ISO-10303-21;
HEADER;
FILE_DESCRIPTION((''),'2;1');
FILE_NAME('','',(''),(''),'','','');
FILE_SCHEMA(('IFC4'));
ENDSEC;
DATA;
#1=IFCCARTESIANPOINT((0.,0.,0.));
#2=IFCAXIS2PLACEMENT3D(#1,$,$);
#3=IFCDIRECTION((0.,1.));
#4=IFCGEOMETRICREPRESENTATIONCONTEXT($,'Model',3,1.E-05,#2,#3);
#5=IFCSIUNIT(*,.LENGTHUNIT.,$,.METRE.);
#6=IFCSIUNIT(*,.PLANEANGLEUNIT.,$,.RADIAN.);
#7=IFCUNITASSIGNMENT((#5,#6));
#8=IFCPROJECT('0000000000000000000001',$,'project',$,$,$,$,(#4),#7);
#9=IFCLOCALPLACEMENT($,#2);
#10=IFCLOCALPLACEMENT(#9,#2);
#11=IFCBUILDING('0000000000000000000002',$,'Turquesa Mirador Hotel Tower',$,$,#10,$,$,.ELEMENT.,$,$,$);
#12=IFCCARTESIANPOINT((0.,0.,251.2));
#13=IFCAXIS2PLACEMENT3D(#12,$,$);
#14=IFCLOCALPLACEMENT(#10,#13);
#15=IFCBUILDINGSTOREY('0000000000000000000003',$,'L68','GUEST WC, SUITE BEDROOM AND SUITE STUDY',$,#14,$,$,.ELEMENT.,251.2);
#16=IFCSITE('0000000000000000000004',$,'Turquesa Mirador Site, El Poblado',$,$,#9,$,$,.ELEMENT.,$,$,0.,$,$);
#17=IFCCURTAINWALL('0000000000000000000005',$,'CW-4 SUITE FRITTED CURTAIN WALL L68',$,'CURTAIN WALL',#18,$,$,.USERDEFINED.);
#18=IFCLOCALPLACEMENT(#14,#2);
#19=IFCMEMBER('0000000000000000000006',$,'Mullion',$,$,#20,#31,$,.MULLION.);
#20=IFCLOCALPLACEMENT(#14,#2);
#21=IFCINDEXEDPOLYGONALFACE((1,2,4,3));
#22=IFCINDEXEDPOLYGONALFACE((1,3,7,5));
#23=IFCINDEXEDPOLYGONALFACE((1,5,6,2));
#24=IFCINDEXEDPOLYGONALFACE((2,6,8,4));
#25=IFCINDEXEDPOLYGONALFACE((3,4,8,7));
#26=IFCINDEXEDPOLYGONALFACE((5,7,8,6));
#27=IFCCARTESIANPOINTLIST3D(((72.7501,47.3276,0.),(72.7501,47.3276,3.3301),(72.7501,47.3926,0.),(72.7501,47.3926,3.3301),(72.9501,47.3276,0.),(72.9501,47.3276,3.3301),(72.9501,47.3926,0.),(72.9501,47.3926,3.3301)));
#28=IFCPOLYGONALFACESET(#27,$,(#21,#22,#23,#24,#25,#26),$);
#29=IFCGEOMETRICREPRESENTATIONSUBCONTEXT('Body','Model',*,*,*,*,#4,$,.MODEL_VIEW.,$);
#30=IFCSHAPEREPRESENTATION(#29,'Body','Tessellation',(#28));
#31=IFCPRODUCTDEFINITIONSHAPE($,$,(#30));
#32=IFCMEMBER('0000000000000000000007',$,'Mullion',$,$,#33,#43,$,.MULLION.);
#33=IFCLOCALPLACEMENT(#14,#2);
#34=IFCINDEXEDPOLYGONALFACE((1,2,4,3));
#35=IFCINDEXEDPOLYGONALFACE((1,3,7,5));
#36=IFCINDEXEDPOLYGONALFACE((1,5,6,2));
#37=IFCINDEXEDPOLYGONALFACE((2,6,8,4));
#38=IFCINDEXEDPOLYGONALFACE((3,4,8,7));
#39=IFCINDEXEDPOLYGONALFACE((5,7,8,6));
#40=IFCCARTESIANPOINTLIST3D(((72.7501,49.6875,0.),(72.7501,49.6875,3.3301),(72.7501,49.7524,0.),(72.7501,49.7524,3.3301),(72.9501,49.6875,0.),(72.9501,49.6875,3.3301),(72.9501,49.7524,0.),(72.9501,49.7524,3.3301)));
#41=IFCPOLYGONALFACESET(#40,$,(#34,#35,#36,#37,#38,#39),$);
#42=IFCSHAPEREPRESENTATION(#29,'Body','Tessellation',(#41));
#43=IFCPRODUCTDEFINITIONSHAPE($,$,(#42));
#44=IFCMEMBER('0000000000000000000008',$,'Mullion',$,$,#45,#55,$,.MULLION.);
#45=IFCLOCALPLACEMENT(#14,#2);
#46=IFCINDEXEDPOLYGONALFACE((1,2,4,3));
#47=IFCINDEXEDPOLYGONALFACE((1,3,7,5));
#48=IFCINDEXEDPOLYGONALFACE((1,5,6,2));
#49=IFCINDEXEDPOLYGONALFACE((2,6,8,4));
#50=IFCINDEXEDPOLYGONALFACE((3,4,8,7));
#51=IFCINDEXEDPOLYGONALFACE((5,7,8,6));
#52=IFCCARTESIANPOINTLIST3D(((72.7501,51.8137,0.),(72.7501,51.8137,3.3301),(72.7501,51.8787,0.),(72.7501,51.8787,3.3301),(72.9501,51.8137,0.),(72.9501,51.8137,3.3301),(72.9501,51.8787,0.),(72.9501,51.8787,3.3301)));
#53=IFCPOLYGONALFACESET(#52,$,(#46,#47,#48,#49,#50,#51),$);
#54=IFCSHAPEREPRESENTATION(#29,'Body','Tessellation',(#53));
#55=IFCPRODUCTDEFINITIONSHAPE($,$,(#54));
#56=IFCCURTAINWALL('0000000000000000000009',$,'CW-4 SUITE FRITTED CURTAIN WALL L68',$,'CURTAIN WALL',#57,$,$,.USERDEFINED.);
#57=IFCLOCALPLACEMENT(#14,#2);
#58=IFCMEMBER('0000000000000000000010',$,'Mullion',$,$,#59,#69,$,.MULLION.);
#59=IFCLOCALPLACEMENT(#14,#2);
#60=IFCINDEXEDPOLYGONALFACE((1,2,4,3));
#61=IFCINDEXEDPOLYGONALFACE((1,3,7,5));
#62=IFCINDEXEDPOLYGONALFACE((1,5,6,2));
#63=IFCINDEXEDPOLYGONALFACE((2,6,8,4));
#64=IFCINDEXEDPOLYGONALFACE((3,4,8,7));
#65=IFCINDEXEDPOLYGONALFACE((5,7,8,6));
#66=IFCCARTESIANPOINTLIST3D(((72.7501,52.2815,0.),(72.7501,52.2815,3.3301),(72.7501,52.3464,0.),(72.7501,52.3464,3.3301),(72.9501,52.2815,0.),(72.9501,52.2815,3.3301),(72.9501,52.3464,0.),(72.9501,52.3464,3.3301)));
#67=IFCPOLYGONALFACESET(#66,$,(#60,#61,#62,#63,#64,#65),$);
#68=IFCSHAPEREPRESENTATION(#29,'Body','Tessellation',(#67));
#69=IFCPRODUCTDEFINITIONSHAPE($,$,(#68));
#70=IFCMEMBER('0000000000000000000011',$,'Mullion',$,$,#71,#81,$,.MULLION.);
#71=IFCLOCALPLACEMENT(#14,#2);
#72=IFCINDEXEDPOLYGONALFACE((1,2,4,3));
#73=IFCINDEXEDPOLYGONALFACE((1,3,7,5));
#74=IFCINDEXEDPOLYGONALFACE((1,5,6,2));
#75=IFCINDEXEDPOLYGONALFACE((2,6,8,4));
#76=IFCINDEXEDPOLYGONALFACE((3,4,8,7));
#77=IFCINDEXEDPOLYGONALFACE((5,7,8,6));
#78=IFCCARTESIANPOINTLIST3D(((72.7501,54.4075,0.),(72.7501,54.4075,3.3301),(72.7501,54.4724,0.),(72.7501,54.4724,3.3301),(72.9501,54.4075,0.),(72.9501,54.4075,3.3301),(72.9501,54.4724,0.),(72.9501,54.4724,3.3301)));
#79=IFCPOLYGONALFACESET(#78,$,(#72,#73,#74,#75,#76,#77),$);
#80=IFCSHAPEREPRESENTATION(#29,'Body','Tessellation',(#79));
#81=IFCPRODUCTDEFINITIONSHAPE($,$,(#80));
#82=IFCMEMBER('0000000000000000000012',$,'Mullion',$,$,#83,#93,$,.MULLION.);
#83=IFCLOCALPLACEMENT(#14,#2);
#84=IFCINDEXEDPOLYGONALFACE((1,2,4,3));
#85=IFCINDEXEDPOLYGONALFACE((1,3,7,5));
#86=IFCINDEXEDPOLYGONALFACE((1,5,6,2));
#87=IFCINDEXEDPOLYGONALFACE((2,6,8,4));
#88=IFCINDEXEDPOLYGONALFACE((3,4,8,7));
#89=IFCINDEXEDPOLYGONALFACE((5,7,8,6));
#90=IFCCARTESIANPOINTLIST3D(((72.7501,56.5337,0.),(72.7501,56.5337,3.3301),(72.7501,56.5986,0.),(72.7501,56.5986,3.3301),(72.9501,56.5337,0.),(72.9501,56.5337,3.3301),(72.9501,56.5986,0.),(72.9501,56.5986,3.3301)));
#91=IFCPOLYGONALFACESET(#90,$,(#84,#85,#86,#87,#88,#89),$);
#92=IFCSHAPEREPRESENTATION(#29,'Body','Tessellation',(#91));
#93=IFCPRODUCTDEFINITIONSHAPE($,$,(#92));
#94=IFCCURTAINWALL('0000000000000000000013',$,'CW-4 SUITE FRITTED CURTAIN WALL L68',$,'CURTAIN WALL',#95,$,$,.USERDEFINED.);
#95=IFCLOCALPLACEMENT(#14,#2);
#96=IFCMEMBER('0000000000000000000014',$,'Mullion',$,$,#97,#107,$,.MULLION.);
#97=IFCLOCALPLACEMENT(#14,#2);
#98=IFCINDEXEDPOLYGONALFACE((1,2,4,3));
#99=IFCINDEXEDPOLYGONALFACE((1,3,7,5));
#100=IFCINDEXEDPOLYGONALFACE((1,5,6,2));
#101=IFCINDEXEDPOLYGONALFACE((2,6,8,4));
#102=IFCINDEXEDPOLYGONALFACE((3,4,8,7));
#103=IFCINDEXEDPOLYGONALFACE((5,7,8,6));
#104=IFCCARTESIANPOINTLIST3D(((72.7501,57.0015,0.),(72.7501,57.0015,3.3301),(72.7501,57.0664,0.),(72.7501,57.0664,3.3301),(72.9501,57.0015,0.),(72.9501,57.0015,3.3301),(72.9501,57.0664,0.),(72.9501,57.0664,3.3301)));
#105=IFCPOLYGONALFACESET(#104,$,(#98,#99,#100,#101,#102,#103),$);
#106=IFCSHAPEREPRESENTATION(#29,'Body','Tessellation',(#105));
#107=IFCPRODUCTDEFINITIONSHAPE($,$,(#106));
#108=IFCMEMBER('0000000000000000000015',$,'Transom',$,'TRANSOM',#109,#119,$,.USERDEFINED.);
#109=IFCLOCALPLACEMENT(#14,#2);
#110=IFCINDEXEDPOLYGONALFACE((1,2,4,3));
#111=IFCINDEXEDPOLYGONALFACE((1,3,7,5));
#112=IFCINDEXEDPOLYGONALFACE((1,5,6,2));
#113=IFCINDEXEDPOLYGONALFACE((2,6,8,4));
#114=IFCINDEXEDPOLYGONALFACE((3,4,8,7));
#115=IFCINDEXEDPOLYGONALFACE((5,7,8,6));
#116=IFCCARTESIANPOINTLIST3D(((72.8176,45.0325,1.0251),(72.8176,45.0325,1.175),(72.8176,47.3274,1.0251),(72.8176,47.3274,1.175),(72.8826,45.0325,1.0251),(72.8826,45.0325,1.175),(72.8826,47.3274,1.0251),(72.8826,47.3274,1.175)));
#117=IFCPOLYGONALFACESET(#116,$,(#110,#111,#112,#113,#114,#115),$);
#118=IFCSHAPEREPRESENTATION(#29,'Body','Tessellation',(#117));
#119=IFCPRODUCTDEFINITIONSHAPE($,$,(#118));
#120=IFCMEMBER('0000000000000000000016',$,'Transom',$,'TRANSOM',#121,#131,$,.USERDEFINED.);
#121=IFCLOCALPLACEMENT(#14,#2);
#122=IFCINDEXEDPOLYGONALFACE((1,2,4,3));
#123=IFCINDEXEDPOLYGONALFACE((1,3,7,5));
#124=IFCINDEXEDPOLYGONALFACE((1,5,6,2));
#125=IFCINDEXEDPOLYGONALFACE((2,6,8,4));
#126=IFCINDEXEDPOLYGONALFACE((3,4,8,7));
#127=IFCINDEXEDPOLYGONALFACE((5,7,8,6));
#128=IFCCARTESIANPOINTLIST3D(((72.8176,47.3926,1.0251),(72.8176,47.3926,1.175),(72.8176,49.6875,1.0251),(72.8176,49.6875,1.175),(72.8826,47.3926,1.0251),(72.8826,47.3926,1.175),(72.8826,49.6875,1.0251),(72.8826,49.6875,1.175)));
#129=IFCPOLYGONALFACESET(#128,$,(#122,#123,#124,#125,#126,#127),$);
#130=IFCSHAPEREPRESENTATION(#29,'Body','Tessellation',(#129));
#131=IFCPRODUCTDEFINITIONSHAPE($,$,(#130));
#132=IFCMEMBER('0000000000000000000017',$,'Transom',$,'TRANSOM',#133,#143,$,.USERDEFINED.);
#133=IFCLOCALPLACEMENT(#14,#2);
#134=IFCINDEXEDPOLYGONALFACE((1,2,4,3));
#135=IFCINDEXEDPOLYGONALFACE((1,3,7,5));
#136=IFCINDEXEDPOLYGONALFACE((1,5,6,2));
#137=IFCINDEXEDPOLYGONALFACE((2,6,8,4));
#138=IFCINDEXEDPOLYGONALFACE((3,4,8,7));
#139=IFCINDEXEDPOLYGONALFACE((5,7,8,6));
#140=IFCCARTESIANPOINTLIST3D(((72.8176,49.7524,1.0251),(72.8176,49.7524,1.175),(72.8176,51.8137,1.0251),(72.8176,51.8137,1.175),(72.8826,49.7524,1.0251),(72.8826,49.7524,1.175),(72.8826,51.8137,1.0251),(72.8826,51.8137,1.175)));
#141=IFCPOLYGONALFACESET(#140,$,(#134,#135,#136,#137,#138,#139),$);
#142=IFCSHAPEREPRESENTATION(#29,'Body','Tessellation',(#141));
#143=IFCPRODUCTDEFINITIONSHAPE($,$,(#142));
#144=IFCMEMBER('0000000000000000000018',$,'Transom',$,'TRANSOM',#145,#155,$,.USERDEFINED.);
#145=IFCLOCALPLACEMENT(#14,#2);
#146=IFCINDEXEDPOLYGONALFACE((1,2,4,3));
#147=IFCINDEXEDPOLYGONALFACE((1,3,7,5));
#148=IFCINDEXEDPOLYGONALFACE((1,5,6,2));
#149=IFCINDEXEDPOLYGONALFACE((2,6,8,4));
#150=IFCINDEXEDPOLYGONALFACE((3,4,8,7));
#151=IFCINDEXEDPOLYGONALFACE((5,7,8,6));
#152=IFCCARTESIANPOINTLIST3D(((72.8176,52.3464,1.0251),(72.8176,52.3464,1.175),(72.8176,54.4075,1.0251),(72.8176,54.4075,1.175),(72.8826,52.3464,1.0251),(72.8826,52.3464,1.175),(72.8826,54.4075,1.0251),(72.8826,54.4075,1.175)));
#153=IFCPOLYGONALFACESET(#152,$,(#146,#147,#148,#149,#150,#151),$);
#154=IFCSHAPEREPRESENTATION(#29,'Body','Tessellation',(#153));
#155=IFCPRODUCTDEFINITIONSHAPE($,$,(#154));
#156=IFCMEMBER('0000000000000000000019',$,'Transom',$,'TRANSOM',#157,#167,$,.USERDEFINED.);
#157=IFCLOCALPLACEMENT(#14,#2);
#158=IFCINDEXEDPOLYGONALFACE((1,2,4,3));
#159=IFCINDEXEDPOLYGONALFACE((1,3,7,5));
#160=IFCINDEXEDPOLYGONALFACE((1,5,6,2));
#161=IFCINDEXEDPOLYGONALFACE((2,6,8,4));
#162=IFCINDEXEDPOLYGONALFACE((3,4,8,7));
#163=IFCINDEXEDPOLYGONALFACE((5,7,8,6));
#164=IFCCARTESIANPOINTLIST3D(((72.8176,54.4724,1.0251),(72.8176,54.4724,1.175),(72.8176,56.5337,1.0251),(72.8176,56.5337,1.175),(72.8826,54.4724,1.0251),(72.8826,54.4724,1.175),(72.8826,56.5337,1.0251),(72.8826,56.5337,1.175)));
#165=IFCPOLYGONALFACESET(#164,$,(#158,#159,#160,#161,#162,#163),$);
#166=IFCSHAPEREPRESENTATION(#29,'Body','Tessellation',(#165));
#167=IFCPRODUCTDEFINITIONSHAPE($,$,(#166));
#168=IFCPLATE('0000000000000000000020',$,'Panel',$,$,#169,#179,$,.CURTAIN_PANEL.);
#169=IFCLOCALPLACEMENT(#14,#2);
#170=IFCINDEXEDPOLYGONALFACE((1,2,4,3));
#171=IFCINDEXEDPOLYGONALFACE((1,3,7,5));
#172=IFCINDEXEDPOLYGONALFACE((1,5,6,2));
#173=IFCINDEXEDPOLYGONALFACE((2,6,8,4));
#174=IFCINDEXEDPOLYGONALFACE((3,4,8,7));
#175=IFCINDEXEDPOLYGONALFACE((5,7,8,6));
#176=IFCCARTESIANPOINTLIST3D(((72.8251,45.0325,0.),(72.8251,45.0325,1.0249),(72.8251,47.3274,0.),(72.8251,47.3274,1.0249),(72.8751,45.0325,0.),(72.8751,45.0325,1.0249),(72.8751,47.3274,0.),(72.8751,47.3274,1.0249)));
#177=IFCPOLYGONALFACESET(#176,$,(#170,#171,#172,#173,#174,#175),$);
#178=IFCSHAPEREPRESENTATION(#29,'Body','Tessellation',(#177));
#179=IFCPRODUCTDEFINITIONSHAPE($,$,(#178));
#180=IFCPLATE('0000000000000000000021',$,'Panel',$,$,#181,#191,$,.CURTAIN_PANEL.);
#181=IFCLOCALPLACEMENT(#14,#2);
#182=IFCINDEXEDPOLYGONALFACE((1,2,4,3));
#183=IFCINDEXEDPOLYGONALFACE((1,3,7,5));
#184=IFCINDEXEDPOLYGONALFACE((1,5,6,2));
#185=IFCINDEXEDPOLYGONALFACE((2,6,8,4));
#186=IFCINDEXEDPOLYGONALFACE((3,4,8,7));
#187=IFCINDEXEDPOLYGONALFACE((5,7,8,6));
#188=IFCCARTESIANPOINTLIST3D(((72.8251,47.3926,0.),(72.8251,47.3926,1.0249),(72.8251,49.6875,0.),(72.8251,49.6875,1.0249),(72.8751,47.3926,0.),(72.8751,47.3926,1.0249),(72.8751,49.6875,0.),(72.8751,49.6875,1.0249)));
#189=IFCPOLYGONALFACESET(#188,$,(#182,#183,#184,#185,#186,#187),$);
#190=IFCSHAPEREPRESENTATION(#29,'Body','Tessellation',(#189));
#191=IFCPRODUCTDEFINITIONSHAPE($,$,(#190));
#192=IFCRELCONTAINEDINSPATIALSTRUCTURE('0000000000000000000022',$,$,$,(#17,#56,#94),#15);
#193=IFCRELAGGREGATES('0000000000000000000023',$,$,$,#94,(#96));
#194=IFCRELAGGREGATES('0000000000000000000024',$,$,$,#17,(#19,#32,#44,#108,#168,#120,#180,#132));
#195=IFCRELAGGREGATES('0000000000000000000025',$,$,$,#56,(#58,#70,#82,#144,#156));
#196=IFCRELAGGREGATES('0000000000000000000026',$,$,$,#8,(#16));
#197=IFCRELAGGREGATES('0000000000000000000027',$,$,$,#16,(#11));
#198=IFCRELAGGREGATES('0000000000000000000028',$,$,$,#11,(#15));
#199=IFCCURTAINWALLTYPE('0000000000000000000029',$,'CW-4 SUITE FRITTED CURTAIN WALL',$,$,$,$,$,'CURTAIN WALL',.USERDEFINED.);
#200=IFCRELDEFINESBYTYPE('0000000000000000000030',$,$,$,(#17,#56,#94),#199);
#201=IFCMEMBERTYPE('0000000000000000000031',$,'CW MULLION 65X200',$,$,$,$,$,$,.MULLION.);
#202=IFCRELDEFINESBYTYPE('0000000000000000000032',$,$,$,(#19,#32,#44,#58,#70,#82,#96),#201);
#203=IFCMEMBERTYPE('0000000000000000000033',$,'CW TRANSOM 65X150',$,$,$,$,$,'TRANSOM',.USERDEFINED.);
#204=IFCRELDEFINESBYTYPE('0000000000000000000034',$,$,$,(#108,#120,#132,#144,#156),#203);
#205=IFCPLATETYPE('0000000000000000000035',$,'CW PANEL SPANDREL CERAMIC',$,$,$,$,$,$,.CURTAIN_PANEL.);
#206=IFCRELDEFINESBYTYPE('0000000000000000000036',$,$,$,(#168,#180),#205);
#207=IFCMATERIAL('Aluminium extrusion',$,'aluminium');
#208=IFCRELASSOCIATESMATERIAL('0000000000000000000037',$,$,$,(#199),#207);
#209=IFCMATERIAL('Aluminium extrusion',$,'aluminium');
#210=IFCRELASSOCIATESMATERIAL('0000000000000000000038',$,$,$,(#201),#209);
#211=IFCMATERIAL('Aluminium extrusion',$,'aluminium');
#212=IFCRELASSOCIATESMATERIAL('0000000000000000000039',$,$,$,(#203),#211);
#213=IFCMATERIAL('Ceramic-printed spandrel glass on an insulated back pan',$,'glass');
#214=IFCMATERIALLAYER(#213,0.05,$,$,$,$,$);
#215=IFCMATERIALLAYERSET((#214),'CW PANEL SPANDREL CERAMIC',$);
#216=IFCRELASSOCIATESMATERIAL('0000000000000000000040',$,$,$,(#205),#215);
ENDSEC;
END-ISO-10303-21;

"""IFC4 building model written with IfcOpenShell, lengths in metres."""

from ifc_helpers import new_model, si_unit, direction, frame, origin, origin_2d, place, context, subcontext, project, spatial, rectangle, extrude, material, layer, layer_set, material_profile, profile_set, type_object, element, aggregate, save


model = new_model("IFC4")

# Units and contexts
model_context = context("Model", 3, precision=1e-05, world=origin(), true_north=direction((0.0, 1.0)))
body_context = subcontext(model_context, "Body", "Model", "MODEL_VIEW")
ifc_project = project(units=[si_unit("LENGTHUNIT", "METRE"), si_unit("PLANEANGLEUNIT", "RADIAN")], contexts=[model_context])

# Site, building, storey
site_placement = place(None, origin())
site = spatial("IfcSite", under=ifc_project, at=site_placement, Name="Turquesa Mirador Site, El Poblado", CompositionType="ELEMENT", RefElevation=0.0)
building_placement = place(site_placement, origin())
building = spatial("IfcBuilding", under=site, at=building_placement, Name="Turquesa Mirador Hotel Tower", CompositionType="ELEMENT")
storey_placement = place(building_placement, frame((0.0, 0.0, 251.2)))
storey = spatial("IfcBuildingStorey", under=building, at=storey_placement, Name="L68", Description="GUEST WC, SUITE BEDROOM AND SUITE STUDY", CompositionType="ELEMENT", Elevation=251.2)

# Curtain walls, members
ifc_material_1 = material(Name="Aluminium extrusion", Category="aluminium")
curtain_wall_type = type_object("IfcCurtainWallType", Name="CW-4 SUITE FRITTED CURTAIN WALL", ElementType="CURTAIN WALL", PredefinedType="USERDEFINED", material=ifc_material_1)
curtain_wall_1_placement = place(storey_placement, origin())
curtain_wall_1 = element("IfcCurtainWall", 1, at=curtain_wall_1_placement, inside=storey, type_object=curtain_wall_type, Name="CW-4 SUITE FRITTED CURTAIN WALL L68", ObjectType="CURTAIN WALL", PredefinedType="USERDEFINED")
ifc_material_2 = material(Name="Aluminium extrusion", Category="aluminium")
ifc_material_profile_1 = material_profile(ifc_material_2, rectangle(XDim=0.0649, YDim=0.2, at=origin_2d()), Name="MULLION 65X200")
ifc_profile_set_1 = profile_set([ifc_material_profile_1], Name="Aluminium extrusion")
member_type_1 = type_object("IfcMemberType", Name="CW MULLION 65X200", PredefinedType="MULLION", material=ifc_profile_set_1)
member_1_placement = place(storey_placement, frame((72.8501, 47.3601, 0.0), z_axis=(0.0, 0.0, 1.0), x_axis=(0.0, 1.0, 0.0)))
member_1 = element("IfcMember", 2, at=member_1_placement, type_object=member_type_1, Name="Mullion", PredefinedType="MULLION", context=body_context, shape_type="SweptSolid", body=[
    extrude(rectangle(XDim=0.0649, YDim=0.2, at=origin_2d()), origin(), (0.0, 0.0, 1.0), 3.3301),
])
member_2_placement = place(storey_placement, frame((72.8501, 49.72, 0.0), z_axis=(0.0, 0.0, 1.0), x_axis=(0.0, 1.0, 0.0)))
member_2 = element("IfcMember", 3, at=member_2_placement, type_object=member_type_1, Name="Mullion", PredefinedType="MULLION", context=body_context, shape_type="SweptSolid", body=[
    extrude(rectangle(XDim=0.0649, YDim=0.2, at=origin_2d()), origin(), (0.0, 0.0, 1.0), 3.3301),
])
member_3_placement = place(storey_placement, frame((72.8501, 51.8462, 0.0), z_axis=(0.0, 0.0, 1.0), x_axis=(0.0, 1.0, 0.0)))
member_3 = element("IfcMember", 4, at=member_3_placement, type_object=member_type_1, Name="Mullion", PredefinedType="MULLION", context=body_context, shape_type="SweptSolid", body=[
    extrude(rectangle(XDim=0.0649, YDim=0.2, at=origin_2d()), origin(), (0.0, 0.0, 1.0), 3.3301),
])
curtain_wall_2_placement = place(storey_placement, origin())
curtain_wall_2 = element("IfcCurtainWall", 5, at=curtain_wall_2_placement, inside=storey, type_object=curtain_wall_type, Name="CW-4 SUITE FRITTED CURTAIN WALL L68", ObjectType="CURTAIN WALL", PredefinedType="USERDEFINED")
member_4_placement = place(storey_placement, frame((72.8501, 52.314, 0.0), z_axis=(0.0, 0.0, 1.0), x_axis=(0.0, 1.0, 0.0)))
member_4 = element("IfcMember", 6, at=member_4_placement, type_object=member_type_1, Name="Mullion", PredefinedType="MULLION", context=body_context, shape_type="SweptSolid", body=[
    extrude(rectangle(XDim=0.0649, YDim=0.2, at=origin_2d()), origin(), (0.0, 0.0, 1.0), 3.3301),
])
member_5_placement = place(storey_placement, frame((72.8501, 54.4399, 0.0), z_axis=(0.0, 0.0, 1.0), x_axis=(0.0, 1.0, 0.0)))
member_5 = element("IfcMember", 7, at=member_5_placement, type_object=member_type_1, Name="Mullion", PredefinedType="MULLION", context=body_context, shape_type="SweptSolid", body=[
    extrude(rectangle(XDim=0.0649, YDim=0.2, at=origin_2d()), origin(), (0.0, 0.0, 1.0), 3.3301),
])
member_6_placement = place(storey_placement, frame((72.8501, 56.5662, 0.0), z_axis=(0.0, 0.0, 1.0), x_axis=(0.0, 1.0, 0.0)))
member_6 = element("IfcMember", 8, at=member_6_placement, type_object=member_type_1, Name="Mullion", PredefinedType="MULLION", context=body_context, shape_type="SweptSolid", body=[
    extrude(rectangle(XDim=0.0649, YDim=0.2, at=origin_2d()), origin(), (0.0, 0.0, 1.0), 3.3301),
])

# Curtain wall, member
curtain_wall_3_placement = place(storey_placement, origin())
curtain_wall_3 = element("IfcCurtainWall", 9, at=curtain_wall_3_placement, inside=storey, type_object=curtain_wall_type, Name="CW-4 SUITE FRITTED CURTAIN WALL L68", ObjectType="CURTAIN WALL", PredefinedType="USERDEFINED")
member_7_placement = place(storey_placement, frame((72.8501, 57.0339, 0.0), z_axis=(0.0, 0.0, 1.0), x_axis=(0.0, 1.0, 0.0)))
member_7 = element("IfcMember", 10, at=member_7_placement, type_object=member_type_1, Name="Mullion", PredefinedType="MULLION", context=body_context, shape_type="SweptSolid", body=[
    extrude(rectangle(XDim=0.0649, YDim=0.2, at=origin_2d()), origin(), (0.0, 0.0, 1.0), 3.3301),
])
aggregate(curtain_wall_3, [member_7])

# Members
ifc_material_3 = material(Name="Aluminium extrusion", Category="aluminium")
ifc_material_profile_2 = material_profile(ifc_material_3, rectangle(XDim=0.0649, YDim=0.1499, at=origin_2d()), Name="TRANSOM 65X150")
ifc_profile_set_2 = profile_set([ifc_material_profile_2], Name="Aluminium extrusion")
member_type_2 = type_object("IfcMemberType", Name="CW TRANSOM 65X150", ElementType="TRANSOM", PredefinedType="USERDEFINED", material=ifc_profile_set_2)
member_8_placement = place(storey_placement, frame((72.8501, 45.0325, 1.1001), z_axis=(0.0, 1.0, 0.0), x_axis=(-1.0, 0.0, 0.0)))
member_8 = element("IfcMember", 11, at=member_8_placement, type_object=member_type_2, Name="Transom", ObjectType="TRANSOM", PredefinedType="USERDEFINED", context=body_context, shape_type="SweptSolid", body=[
    extrude(rectangle(XDim=0.0649, YDim=0.1499, at=origin_2d()), origin(), (0.0, 0.0, 1.0), 2.2949),
])
member_9_placement = place(storey_placement, frame((72.8501, 47.3926, 1.1001), z_axis=(0.0, 1.0, 0.0), x_axis=(-1.0, 0.0, 0.0)))
member_9 = element("IfcMember", 12, at=member_9_placement, type_object=member_type_2, Name="Transom", ObjectType="TRANSOM", PredefinedType="USERDEFINED", context=body_context, shape_type="SweptSolid", body=[
    extrude(rectangle(XDim=0.0649, YDim=0.1499, at=origin_2d()), origin(), (0.0, 0.0, 1.0), 2.2949),
])
member_10_placement = place(storey_placement, frame((72.8501, 49.7524, 1.1001), z_axis=(0.0, 1.0, 0.0), x_axis=(-1.0, 0.0, 0.0)))
member_10 = element("IfcMember", 13, at=member_10_placement, type_object=member_type_2, Name="Transom", ObjectType="TRANSOM", PredefinedType="USERDEFINED", context=body_context, shape_type="SweptSolid", body=[
    extrude(rectangle(XDim=0.0649, YDim=0.1499, at=origin_2d()), origin(), (0.0, 0.0, 1.0), 2.0613),
])
member_11_placement = place(storey_placement, frame((72.8501, 52.3464, 1.1001), z_axis=(0.0, 1.0, 0.0), x_axis=(-1.0, 0.0, 0.0)))
member_11 = element("IfcMember", 14, at=member_11_placement, type_object=member_type_2, Name="Transom", ObjectType="TRANSOM", PredefinedType="USERDEFINED", context=body_context, shape_type="SweptSolid", body=[
    extrude(rectangle(XDim=0.0649, YDim=0.1499, at=origin_2d()), origin(), (0.0, 0.0, 1.0), 2.061),
])
member_12_placement = place(storey_placement, frame((72.8501, 54.4724, 1.1001), z_axis=(0.0, 1.0, 0.0), x_axis=(-1.0, 0.0, 0.0)))
member_12 = element("IfcMember", 15, at=member_12_placement, type_object=member_type_2, Name="Transom", ObjectType="TRANSOM", PredefinedType="USERDEFINED", context=body_context, shape_type="SweptSolid", body=[
    extrude(rectangle(XDim=0.0649, YDim=0.1499, at=origin_2d()), origin(), (0.0, 0.0, 1.0), 2.0613),
])

# Plates
ifc_material_4 = material(Name="Ceramic-printed spandrel glass on an insulated back pan", Category="glass")
ifc_layer_1 = layer(ifc_material_4, 0.05)
ifc_layer_set_1 = layer_set([ifc_layer_1], Name="CW PANEL SPANDREL CERAMIC")
plate_type_1 = type_object("IfcPlateType", Name="CW PANEL SPANDREL CERAMIC", PredefinedType="CURTAIN_PANEL", material=ifc_layer_set_1)
plate_1_placement = place(storey_placement, frame((72.8501, 46.1799, 0.0), z_axis=(0.0, 0.0, 1.0), x_axis=(0.0, 1.0, 0.0)))
plate_1 = element("IfcPlate", 16, at=plate_1_placement, type_object=plate_type_1, Name="Panel", PredefinedType="CURTAIN_PANEL", context=body_context, shape_type="SweptSolid", body=[
    extrude(rectangle(XDim=2.2949, YDim=0.05, at=origin_2d()), origin(), (0.0, 0.0, 1.0), 1.0249),
])
plate_2_placement = place(storey_placement, frame((72.8501, 48.54, 0.0), z_axis=(0.0, 0.0, 1.0), x_axis=(0.0, 1.0, 0.0)))
plate_2 = element("IfcPlate", 17, at=plate_2_placement, type_object=plate_type_1, Name="Panel", PredefinedType="CURTAIN_PANEL", context=body_context, shape_type="SweptSolid", body=[
    extrude(rectangle(XDim=2.2949, YDim=0.05, at=origin_2d()), origin(), (0.0, 0.0, 1.0), 1.0249),
])
aggregate(curtain_wall_1, [member_1, member_2, member_3, member_8, plate_1, member_9, plate_2, member_10])
aggregate(curtain_wall_2, [member_4, member_5, member_6, member_11, member_12])

save(model, "model.ifc")
